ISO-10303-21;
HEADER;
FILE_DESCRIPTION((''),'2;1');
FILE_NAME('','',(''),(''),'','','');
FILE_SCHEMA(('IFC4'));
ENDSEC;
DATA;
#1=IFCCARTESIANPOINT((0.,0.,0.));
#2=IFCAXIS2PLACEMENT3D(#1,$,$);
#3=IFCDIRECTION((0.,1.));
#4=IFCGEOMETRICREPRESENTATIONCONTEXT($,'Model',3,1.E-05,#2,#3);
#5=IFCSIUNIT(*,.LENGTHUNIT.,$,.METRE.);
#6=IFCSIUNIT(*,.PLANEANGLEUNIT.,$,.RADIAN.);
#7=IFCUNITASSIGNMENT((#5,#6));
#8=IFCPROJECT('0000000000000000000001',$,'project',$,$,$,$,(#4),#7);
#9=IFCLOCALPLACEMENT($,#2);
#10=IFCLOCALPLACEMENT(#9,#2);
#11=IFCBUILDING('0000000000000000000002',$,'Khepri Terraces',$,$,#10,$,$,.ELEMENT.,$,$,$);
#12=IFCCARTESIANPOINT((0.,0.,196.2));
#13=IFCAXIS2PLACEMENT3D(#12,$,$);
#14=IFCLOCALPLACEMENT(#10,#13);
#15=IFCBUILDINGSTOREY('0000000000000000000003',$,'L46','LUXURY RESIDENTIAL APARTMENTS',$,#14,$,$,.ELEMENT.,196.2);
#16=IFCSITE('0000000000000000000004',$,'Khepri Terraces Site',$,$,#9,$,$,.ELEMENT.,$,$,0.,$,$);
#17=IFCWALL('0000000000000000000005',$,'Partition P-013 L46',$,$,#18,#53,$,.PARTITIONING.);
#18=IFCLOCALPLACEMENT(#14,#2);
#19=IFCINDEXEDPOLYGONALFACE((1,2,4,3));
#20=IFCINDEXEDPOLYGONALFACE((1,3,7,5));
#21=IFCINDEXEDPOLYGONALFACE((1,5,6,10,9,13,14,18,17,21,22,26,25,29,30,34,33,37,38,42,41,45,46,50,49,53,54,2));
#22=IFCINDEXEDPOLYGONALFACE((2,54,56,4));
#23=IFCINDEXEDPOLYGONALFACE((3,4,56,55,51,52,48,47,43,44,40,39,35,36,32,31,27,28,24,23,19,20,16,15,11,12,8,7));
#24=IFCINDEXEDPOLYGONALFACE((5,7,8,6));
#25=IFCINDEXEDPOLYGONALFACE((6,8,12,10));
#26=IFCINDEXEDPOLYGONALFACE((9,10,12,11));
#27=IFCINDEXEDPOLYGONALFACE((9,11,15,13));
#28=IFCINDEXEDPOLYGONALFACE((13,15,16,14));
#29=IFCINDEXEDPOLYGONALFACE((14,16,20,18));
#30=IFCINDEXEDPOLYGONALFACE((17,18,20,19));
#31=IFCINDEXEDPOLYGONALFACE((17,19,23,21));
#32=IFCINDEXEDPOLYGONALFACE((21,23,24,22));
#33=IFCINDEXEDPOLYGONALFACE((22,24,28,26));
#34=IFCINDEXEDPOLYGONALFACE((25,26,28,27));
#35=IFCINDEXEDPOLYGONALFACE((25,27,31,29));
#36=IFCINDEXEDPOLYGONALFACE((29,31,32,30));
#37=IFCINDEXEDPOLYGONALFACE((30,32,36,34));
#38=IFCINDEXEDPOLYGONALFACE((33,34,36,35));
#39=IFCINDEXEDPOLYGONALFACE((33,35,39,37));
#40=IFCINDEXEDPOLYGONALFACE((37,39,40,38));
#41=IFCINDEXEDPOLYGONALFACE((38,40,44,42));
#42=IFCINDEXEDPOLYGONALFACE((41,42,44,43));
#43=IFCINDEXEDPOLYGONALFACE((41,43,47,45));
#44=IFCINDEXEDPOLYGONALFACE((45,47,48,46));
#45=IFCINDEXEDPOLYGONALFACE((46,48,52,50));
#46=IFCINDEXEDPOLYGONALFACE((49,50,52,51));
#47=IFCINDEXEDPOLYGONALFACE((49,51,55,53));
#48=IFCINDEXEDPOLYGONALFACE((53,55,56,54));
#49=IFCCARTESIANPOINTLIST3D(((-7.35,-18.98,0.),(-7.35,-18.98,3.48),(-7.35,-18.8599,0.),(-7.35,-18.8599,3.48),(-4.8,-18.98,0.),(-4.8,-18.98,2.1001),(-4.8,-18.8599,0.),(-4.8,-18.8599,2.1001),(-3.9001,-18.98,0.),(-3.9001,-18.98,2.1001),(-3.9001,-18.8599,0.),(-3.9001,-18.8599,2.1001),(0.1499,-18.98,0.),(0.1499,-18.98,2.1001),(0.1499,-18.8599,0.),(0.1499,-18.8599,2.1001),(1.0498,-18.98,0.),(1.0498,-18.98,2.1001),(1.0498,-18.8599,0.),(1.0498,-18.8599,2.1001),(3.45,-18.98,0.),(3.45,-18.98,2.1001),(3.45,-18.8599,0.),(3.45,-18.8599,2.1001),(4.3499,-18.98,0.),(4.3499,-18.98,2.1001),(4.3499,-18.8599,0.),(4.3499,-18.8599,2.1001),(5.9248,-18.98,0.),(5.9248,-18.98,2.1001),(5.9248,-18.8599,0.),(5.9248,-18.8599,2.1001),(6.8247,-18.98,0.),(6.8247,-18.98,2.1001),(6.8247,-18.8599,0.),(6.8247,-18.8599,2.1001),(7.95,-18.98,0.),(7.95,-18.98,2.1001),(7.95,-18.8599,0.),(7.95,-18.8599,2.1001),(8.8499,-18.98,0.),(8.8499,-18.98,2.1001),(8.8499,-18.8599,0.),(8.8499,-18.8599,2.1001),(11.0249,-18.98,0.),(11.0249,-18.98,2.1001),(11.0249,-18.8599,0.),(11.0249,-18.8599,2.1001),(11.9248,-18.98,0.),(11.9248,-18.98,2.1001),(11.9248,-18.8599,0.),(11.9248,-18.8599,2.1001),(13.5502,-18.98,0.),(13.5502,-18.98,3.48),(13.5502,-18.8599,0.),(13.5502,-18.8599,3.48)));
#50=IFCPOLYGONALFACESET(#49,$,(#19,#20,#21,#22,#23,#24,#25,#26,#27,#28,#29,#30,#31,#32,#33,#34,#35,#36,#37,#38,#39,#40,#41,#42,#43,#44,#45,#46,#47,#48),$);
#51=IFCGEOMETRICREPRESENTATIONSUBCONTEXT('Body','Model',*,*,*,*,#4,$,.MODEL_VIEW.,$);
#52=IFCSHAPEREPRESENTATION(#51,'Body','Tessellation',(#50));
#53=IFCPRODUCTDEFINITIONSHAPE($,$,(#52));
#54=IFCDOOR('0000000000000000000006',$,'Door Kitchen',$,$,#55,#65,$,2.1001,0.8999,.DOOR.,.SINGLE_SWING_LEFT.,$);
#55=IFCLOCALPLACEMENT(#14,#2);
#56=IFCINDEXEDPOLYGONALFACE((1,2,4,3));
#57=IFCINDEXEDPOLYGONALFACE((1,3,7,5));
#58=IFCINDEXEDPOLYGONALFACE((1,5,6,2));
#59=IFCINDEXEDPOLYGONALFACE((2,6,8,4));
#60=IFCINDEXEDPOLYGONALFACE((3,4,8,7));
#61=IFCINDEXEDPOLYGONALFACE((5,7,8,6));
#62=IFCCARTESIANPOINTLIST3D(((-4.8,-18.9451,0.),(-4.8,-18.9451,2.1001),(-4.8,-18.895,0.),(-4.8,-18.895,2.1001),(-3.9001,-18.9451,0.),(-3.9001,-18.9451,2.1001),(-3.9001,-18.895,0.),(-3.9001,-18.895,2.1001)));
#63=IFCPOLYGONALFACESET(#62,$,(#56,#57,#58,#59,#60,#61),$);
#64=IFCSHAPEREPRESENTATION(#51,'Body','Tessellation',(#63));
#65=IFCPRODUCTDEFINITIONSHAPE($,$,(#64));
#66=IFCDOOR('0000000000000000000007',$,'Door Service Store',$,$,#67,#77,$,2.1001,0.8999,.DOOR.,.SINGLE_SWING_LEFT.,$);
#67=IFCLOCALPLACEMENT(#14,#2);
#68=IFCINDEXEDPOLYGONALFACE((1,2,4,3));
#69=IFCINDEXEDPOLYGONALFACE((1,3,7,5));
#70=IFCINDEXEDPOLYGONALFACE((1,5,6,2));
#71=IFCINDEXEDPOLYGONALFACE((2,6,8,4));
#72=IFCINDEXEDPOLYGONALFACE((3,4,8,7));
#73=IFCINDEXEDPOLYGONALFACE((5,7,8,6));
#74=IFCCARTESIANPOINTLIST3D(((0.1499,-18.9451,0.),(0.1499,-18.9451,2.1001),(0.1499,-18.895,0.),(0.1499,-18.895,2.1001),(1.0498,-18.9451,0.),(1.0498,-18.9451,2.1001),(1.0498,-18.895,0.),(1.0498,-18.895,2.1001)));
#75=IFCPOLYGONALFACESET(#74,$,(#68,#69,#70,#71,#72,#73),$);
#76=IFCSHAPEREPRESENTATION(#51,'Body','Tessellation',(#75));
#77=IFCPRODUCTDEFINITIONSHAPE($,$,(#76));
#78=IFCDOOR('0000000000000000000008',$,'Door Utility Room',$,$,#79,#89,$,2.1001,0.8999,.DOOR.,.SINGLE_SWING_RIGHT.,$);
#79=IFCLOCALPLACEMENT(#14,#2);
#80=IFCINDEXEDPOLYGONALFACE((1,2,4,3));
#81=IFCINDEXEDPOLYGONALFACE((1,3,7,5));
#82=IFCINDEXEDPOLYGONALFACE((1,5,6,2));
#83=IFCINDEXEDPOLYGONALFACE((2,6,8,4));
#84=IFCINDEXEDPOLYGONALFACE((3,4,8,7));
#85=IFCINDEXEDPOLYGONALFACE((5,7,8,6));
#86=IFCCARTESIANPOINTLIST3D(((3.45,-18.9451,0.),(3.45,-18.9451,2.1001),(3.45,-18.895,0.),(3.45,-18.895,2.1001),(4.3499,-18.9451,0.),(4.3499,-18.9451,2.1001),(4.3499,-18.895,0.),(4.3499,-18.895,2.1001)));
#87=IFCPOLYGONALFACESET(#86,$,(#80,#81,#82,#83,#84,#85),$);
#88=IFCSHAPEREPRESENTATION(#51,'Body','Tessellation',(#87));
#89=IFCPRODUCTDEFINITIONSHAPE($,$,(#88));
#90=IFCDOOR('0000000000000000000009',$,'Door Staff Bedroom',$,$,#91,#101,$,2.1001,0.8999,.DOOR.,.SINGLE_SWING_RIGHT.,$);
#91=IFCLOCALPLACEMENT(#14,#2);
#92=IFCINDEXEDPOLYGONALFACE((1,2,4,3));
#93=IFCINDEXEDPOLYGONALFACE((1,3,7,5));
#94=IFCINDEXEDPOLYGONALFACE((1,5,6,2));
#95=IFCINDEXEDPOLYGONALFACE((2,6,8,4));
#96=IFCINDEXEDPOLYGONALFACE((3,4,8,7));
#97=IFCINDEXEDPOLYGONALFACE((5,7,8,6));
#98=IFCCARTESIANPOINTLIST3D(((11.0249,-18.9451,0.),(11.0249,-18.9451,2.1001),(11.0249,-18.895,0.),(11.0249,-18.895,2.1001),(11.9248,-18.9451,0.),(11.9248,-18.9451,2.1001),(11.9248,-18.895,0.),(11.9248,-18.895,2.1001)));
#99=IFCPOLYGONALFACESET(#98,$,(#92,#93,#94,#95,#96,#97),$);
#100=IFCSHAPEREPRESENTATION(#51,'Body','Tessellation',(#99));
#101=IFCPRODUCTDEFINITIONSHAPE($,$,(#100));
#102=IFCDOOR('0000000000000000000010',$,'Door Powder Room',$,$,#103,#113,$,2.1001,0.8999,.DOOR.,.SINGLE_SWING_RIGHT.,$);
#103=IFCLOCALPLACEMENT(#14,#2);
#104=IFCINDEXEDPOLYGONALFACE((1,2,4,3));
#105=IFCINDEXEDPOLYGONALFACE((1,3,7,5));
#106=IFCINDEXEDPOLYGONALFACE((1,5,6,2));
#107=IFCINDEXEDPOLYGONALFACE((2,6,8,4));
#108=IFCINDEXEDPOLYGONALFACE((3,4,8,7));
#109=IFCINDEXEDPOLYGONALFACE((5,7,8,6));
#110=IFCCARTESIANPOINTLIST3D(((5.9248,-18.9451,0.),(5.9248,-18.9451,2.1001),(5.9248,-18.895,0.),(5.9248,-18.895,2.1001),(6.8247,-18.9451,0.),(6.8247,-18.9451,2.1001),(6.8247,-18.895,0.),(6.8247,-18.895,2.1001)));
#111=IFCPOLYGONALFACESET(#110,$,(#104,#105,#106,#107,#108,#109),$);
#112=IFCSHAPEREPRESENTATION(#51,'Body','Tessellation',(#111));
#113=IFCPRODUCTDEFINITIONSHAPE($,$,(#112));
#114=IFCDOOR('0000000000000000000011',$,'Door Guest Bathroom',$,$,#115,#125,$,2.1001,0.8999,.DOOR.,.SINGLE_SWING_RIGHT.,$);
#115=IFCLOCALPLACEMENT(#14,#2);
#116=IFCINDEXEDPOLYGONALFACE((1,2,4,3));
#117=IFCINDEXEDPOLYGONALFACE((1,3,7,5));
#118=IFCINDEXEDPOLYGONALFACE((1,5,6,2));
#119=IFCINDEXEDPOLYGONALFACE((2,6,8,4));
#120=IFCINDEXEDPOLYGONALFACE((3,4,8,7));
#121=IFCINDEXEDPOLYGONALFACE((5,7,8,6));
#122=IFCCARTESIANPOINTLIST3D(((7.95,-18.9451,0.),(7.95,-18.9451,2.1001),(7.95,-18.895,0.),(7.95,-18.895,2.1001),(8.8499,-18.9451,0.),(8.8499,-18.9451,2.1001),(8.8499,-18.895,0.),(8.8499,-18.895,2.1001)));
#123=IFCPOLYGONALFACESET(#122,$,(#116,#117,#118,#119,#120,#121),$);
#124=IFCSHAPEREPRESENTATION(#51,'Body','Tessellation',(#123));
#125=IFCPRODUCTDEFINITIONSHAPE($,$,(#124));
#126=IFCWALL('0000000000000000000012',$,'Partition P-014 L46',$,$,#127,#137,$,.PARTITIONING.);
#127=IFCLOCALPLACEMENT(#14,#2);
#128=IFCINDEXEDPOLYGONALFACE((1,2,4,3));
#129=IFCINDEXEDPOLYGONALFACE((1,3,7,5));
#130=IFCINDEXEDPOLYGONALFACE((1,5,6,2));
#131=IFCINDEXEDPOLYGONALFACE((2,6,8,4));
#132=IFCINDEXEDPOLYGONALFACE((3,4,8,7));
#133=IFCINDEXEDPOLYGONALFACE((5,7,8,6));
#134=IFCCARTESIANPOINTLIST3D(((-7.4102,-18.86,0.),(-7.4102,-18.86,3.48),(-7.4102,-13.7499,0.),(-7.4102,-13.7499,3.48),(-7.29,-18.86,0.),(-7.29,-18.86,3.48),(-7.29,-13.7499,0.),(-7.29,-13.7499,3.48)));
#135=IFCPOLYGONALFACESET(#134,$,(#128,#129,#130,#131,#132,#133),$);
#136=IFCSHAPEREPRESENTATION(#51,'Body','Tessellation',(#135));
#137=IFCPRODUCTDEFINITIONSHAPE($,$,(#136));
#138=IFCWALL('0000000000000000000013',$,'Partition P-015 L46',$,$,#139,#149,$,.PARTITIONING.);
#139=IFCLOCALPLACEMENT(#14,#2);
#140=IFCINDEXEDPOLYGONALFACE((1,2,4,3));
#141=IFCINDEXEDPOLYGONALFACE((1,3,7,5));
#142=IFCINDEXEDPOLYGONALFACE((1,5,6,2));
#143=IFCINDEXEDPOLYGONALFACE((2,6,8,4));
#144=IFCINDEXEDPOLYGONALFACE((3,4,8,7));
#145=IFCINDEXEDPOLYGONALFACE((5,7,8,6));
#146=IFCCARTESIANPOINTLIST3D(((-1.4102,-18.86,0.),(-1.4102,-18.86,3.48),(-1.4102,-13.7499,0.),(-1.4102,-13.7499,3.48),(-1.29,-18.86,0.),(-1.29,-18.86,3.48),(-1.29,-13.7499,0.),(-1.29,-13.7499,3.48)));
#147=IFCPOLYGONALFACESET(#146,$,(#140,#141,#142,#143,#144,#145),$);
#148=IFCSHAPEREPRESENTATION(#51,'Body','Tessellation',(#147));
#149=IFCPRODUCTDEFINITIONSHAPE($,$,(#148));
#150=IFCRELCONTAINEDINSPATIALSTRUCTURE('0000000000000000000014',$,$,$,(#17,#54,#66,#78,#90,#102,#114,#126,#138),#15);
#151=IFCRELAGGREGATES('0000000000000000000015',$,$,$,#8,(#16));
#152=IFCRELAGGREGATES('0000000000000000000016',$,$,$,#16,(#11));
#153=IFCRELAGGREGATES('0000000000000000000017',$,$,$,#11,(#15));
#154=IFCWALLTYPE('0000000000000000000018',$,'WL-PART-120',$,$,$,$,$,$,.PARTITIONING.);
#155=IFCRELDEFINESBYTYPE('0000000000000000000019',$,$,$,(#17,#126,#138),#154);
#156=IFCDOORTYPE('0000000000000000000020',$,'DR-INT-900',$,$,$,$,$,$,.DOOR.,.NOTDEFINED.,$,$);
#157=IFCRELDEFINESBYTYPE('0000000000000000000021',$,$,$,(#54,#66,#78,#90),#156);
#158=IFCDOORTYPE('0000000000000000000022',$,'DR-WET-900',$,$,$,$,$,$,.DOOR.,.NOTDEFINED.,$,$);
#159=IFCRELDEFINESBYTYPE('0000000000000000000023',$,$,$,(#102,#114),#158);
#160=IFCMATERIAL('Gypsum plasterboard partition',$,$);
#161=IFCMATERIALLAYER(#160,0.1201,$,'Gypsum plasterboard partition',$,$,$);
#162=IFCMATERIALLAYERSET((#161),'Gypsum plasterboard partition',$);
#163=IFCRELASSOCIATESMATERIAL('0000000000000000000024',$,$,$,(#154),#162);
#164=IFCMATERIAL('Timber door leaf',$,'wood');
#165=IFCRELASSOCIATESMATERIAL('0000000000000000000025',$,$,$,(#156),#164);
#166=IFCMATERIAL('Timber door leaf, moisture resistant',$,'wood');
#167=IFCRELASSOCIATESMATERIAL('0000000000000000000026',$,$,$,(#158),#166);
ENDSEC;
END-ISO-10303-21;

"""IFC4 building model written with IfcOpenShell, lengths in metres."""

from ifc_helpers import new_model, si_unit, direction, frame, frame_2d, origin, place, context, subcontext, project, spatial, rectangle, extrude, material, layer, layer_set, type_object, element, fill, save


model = new_model("IFC4")

# Units and contexts
model_context = context("Model", 3, precision=1e-05, world=origin(), true_north=direction((0.0, 1.0)))
body_context = subcontext(model_context, "Body", "Model", "MODEL_VIEW")
ifc_project = project(units=[si_unit("LENGTHUNIT", "METRE"), si_unit("PLANEANGLEUNIT", "RADIAN")], contexts=[model_context])

# Site, building, storey
site_placement = place(None, origin())
site = spatial("IfcSite", under=ifc_project, at=site_placement, Name="Khepri Terraces Site", CompositionType="ELEMENT", RefElevation=0.0)
building_placement = place(site_placement, origin())
building = spatial("IfcBuilding", under=site, at=building_placement, Name="Khepri Terraces", CompositionType="ELEMENT")
storey_placement = place(building_placement, frame((0.0, 0.0, 196.2)))
storey = spatial("IfcBuildingStorey", under=building, at=storey_placement, Name="L46", Description="LUXURY RESIDENTIAL APARTMENTS", CompositionType="ELEMENT", Elevation=196.2)

# Shared definitions
ifc_material_1 = material(Name="Gypsum plasterboard partition")
ifc_layer_1 = layer(ifc_material_1, 0.1201, Name="Gypsum plasterboard partition")
ifc_layer_set_1 = layer_set([ifc_layer_1], Name="Gypsum plasterboard partition")
wall_type_1 = type_object("IfcWallType", Name="WL-PART-120", PredefinedType="PARTITIONING", material=ifc_layer_set_1)
ifc_material_2 = material(Name="Timber door leaf", Category="wood")
door_type_1 = type_object("IfcDoorType", Name="DR-INT-900", OperationType="NOTDEFINED", PredefinedType="DOOR", material=ifc_material_2)
ifc_material_3 = material(Name="Timber door leaf, moisture resistant", Category="wood")
door_type_2 = type_object("IfcDoorType", Name="DR-WET-900", OperationType="NOTDEFINED", PredefinedType="DOOR", material=ifc_material_3)

# Wall, openings, doors
wall_1_placement = place(storey_placement, frame((-7.3501, -18.9199, 0.0), z_axis=(0.0, 0.0, 1.0), x_axis=(1.0, 0.0, 0.0)))
wall_1 = element("IfcWall", 1, at=wall_1_placement, inside=storey, type_object=wall_type_1, Name="Partition P-013 L46", PredefinedType="PARTITIONING", context=body_context, shape_type="SweptSolid", body=[
    extrude(rectangle(XDim=20.9001, YDim=0.1201, at=frame_2d((10.4502, 0.0))), origin(), (0.0, 0.0, 1.0), 3.48),
])
opening_1_placement = place(wall_1_placement, frame((2.55, 0.0, 0.0)))
opening_1 = element("IfcOpeningElement", 2, at=opening_1_placement, cuts=wall_1, PredefinedType="OPENING", context=body_context, shape_type="SweptSolid", body=[
    extrude(rectangle(XDim=0.8999, YDim=2.1001, at=frame_2d((0.45, 1.05))), frame((0.0, 0.0701, 0.0), z_axis=(0.0, -1.0, 0.0), x_axis=(1.0, 0.0, 0.0)), (0.0, 0.0, 1.0), 0.1401),
])
opening_2_placement = place(wall_1_placement, frame((7.5, 0.0, 0.0)))
opening_2 = element("IfcOpeningElement", 3, at=opening_2_placement, cuts=wall_1, PredefinedType="OPENING", context=body_context, shape_type="SweptSolid", body=[
    extrude(rectangle(XDim=0.8999, YDim=2.1001, at=frame_2d((0.45, 1.05))), frame((0.0, 0.0701, 0.0), z_axis=(0.0, -1.0, 0.0), x_axis=(1.0, 0.0, 0.0)), (0.0, 0.0, 1.0), 0.1401),
])
opening_3_placement = place(wall_1_placement, frame((10.8, 0.0, 0.0)))
opening_3 = element("IfcOpeningElement", 4, at=opening_3_placement, cuts=wall_1, PredefinedType="OPENING", context=body_context, shape_type="SweptSolid", body=[
    extrude(rectangle(XDim=0.8999, YDim=2.1001, at=frame_2d((0.45, 1.05))), frame((0.0, 0.0701, 0.0), z_axis=(0.0, -1.0, 0.0), x_axis=(1.0, 0.0, 0.0)), (0.0, 0.0, 1.0), 0.1401),
])
opening_4_placement = place(wall_1_placement, frame((13.2749, 0.0, 0.0)))
opening_4 = element("IfcOpeningElement", 5, at=opening_4_placement, cuts=wall_1, PredefinedType="OPENING", context=body_context, shape_type="SweptSolid", body=[
    extrude(rectangle(XDim=0.8999, YDim=2.1001, at=frame_2d((0.45, 1.05))), frame((0.0, 0.0701, 0.0), z_axis=(0.0, -1.0, 0.0), x_axis=(1.0, 0.0, 0.0)), (0.0, 0.0, 1.0), 0.1401),
])
opening_5_placement = place(wall_1_placement, frame((15.3, 0.0, 0.0)))
opening_5 = element("IfcOpeningElement", 6, at=opening_5_placement, cuts=wall_1, PredefinedType="OPENING", context=body_context, shape_type="SweptSolid", body=[
    extrude(rectangle(XDim=0.8999, YDim=2.1001, at=frame_2d((0.45, 1.05))), frame((0.0, 0.0701, 0.0), z_axis=(0.0, -1.0, 0.0), x_axis=(1.0, 0.0, 0.0)), (0.0, 0.0, 1.0), 0.1401),
])
opening_6_placement = place(wall_1_placement, frame((18.375, 0.0, 0.0)))
opening_6 = element("IfcOpeningElement", 7, at=opening_6_placement, cuts=wall_1, PredefinedType="OPENING", context=body_context, shape_type="SweptSolid", body=[
    extrude(rectangle(XDim=0.8999, YDim=2.1001, at=frame_2d((0.45, 1.05))), frame((0.0, 0.0701, 0.0), z_axis=(0.0, -1.0, 0.0), x_axis=(1.0, 0.0, 0.0)), (0.0, 0.0, 1.0), 0.1401),
])
door_1_placement = place(opening_1_placement, origin())
door_1 = element("IfcDoor", 8, at=door_1_placement, inside=storey, type_object=door_type_1, Name="Door Kitchen", OperationType="SINGLE_SWING_LEFT", OverallHeight=2.1001, OverallWidth=0.8999, PredefinedType="DOOR", context=body_context, shape_type="SweptSolid", body=[
    extrude(rectangle(XDim=0.8999, YDim=2.1001, at=frame_2d((0.45, 1.05))), frame((0.0, 0.0249, 0.0), z_axis=(0.0, -1.0, 0.0), x_axis=(1.0, 0.0, 0.0)), (0.0, 0.0, 1.0), 0.05),
])
fill(opening_1, door_1)
door_2_placement = place(opening_2_placement, origin())
door_2 = element("IfcDoor", 9, at=door_2_placement, inside=storey, type_object=door_type_1, Name="Door Service Store", OperationType="SINGLE_SWING_LEFT", OverallHeight=2.1001, OverallWidth=0.8999, PredefinedType="DOOR", context=body_context, shape_type="SweptSolid", body=[
    extrude(rectangle(XDim=0.8999, YDim=2.1001, at=frame_2d((0.45, 1.05))), frame((0.0, 0.0249, 0.0), z_axis=(0.0, -1.0, 0.0), x_axis=(1.0, 0.0, 0.0)), (0.0, 0.0, 1.0), 0.05),
])
fill(opening_2, door_2)
door_3_placement = place(opening_3_placement, origin())
door_3 = element("IfcDoor", 10, at=door_3_placement, inside=storey, type_object=door_type_1, Name="Door Utility Room", OperationType="SINGLE_SWING_RIGHT", OverallHeight=2.1001, OverallWidth=0.8999, PredefinedType="DOOR", context=body_context, shape_type="SweptSolid", body=[
    extrude(rectangle(XDim=0.8999, YDim=2.1001, at=frame_2d((0.45, 1.05))), frame((0.0, 0.0249, 0.0), z_axis=(0.0, -1.0, 0.0), x_axis=(1.0, 0.0, 0.0)), (0.0, 0.0, 1.0), 0.05),
])
fill(opening_3, door_3)
door_4_placement = place(opening_6_placement, origin())
door_4 = element("IfcDoor", 11, at=door_4_placement, inside=storey, type_object=door_type_1, Name="Door Staff Bedroom", OperationType="SINGLE_SWING_RIGHT", OverallHeight=2.1001, OverallWidth=0.8999, PredefinedType="DOOR", context=body_context, shape_type="SweptSolid", body=[
    extrude(rectangle(XDim=0.8999, YDim=2.1001, at=frame_2d((0.45, 1.05))), frame((0.0, 0.0249, 0.0), z_axis=(0.0, -1.0, 0.0), x_axis=(1.0, 0.0, 0.0)), (0.0, 0.0, 1.0), 0.05),
])
fill(opening_6, door_4)
door_5_placement = place(opening_4_placement, origin())
door_5 = element("IfcDoor", 12, at=door_5_placement, inside=storey, type_object=door_type_2, Name="Door Powder Room", OperationType="SINGLE_SWING_RIGHT", OverallHeight=2.1001, OverallWidth=0.8999, PredefinedType="DOOR", context=body_context, shape_type="SweptSolid", body=[
    extrude(rectangle(XDim=0.8999, YDim=2.1001, at=frame_2d((0.45, 1.05))), frame((0.0, 0.0249, 0.0), z_axis=(0.0, -1.0, 0.0), x_axis=(1.0, 0.0, 0.0)), (0.0, 0.0, 1.0), 0.05),
])
fill(opening_4, door_5)
door_6_placement = place(opening_5_placement, origin())
door_6 = element("IfcDoor", 13, at=door_6_placement, inside=storey, type_object=door_type_2, Name="Door Guest Bathroom", OperationType="SINGLE_SWING_RIGHT", OverallHeight=2.1001, OverallWidth=0.8999, PredefinedType="DOOR", context=body_context, shape_type="SweptSolid", body=[
    extrude(rectangle(XDim=0.8999, YDim=2.1001, at=frame_2d((0.45, 1.05))), frame((0.0, 0.0249, 0.0), z_axis=(0.0, -1.0, 0.0), x_axis=(1.0, 0.0, 0.0)), (0.0, 0.0, 1.0), 0.05),
])
fill(opening_5, door_6)

# Walls
for number, where, z_axis, x_axis, name in (
    (14, (-7.3501, -18.8601, 0.0), (0.0, 0.0, 1.0), (0.0, 1.0, 0.0), "Partition P-014 L46"),
    (15, (-1.3501, -18.8601, 0.0), (0.0, 0.0, 1.0), (0.0, 1.0, 0.0), "Partition P-015 L46"),
):
    element("IfcWall", number, at=place(storey_placement, frame(where, z_axis=z_axis, x_axis=x_axis)), inside=storey, type_object=wall_type_1, Name=name, PredefinedType="PARTITIONING", context=body_context, shape_type="SweptSolid", body=[
        extrude(rectangle(XDim=5.1101, YDim=0.1201, at=frame_2d((2.5552, 0.0))), origin(), (0.0, 0.0, 1.0), 3.48),
    ])

save(model, "model.ifc")
